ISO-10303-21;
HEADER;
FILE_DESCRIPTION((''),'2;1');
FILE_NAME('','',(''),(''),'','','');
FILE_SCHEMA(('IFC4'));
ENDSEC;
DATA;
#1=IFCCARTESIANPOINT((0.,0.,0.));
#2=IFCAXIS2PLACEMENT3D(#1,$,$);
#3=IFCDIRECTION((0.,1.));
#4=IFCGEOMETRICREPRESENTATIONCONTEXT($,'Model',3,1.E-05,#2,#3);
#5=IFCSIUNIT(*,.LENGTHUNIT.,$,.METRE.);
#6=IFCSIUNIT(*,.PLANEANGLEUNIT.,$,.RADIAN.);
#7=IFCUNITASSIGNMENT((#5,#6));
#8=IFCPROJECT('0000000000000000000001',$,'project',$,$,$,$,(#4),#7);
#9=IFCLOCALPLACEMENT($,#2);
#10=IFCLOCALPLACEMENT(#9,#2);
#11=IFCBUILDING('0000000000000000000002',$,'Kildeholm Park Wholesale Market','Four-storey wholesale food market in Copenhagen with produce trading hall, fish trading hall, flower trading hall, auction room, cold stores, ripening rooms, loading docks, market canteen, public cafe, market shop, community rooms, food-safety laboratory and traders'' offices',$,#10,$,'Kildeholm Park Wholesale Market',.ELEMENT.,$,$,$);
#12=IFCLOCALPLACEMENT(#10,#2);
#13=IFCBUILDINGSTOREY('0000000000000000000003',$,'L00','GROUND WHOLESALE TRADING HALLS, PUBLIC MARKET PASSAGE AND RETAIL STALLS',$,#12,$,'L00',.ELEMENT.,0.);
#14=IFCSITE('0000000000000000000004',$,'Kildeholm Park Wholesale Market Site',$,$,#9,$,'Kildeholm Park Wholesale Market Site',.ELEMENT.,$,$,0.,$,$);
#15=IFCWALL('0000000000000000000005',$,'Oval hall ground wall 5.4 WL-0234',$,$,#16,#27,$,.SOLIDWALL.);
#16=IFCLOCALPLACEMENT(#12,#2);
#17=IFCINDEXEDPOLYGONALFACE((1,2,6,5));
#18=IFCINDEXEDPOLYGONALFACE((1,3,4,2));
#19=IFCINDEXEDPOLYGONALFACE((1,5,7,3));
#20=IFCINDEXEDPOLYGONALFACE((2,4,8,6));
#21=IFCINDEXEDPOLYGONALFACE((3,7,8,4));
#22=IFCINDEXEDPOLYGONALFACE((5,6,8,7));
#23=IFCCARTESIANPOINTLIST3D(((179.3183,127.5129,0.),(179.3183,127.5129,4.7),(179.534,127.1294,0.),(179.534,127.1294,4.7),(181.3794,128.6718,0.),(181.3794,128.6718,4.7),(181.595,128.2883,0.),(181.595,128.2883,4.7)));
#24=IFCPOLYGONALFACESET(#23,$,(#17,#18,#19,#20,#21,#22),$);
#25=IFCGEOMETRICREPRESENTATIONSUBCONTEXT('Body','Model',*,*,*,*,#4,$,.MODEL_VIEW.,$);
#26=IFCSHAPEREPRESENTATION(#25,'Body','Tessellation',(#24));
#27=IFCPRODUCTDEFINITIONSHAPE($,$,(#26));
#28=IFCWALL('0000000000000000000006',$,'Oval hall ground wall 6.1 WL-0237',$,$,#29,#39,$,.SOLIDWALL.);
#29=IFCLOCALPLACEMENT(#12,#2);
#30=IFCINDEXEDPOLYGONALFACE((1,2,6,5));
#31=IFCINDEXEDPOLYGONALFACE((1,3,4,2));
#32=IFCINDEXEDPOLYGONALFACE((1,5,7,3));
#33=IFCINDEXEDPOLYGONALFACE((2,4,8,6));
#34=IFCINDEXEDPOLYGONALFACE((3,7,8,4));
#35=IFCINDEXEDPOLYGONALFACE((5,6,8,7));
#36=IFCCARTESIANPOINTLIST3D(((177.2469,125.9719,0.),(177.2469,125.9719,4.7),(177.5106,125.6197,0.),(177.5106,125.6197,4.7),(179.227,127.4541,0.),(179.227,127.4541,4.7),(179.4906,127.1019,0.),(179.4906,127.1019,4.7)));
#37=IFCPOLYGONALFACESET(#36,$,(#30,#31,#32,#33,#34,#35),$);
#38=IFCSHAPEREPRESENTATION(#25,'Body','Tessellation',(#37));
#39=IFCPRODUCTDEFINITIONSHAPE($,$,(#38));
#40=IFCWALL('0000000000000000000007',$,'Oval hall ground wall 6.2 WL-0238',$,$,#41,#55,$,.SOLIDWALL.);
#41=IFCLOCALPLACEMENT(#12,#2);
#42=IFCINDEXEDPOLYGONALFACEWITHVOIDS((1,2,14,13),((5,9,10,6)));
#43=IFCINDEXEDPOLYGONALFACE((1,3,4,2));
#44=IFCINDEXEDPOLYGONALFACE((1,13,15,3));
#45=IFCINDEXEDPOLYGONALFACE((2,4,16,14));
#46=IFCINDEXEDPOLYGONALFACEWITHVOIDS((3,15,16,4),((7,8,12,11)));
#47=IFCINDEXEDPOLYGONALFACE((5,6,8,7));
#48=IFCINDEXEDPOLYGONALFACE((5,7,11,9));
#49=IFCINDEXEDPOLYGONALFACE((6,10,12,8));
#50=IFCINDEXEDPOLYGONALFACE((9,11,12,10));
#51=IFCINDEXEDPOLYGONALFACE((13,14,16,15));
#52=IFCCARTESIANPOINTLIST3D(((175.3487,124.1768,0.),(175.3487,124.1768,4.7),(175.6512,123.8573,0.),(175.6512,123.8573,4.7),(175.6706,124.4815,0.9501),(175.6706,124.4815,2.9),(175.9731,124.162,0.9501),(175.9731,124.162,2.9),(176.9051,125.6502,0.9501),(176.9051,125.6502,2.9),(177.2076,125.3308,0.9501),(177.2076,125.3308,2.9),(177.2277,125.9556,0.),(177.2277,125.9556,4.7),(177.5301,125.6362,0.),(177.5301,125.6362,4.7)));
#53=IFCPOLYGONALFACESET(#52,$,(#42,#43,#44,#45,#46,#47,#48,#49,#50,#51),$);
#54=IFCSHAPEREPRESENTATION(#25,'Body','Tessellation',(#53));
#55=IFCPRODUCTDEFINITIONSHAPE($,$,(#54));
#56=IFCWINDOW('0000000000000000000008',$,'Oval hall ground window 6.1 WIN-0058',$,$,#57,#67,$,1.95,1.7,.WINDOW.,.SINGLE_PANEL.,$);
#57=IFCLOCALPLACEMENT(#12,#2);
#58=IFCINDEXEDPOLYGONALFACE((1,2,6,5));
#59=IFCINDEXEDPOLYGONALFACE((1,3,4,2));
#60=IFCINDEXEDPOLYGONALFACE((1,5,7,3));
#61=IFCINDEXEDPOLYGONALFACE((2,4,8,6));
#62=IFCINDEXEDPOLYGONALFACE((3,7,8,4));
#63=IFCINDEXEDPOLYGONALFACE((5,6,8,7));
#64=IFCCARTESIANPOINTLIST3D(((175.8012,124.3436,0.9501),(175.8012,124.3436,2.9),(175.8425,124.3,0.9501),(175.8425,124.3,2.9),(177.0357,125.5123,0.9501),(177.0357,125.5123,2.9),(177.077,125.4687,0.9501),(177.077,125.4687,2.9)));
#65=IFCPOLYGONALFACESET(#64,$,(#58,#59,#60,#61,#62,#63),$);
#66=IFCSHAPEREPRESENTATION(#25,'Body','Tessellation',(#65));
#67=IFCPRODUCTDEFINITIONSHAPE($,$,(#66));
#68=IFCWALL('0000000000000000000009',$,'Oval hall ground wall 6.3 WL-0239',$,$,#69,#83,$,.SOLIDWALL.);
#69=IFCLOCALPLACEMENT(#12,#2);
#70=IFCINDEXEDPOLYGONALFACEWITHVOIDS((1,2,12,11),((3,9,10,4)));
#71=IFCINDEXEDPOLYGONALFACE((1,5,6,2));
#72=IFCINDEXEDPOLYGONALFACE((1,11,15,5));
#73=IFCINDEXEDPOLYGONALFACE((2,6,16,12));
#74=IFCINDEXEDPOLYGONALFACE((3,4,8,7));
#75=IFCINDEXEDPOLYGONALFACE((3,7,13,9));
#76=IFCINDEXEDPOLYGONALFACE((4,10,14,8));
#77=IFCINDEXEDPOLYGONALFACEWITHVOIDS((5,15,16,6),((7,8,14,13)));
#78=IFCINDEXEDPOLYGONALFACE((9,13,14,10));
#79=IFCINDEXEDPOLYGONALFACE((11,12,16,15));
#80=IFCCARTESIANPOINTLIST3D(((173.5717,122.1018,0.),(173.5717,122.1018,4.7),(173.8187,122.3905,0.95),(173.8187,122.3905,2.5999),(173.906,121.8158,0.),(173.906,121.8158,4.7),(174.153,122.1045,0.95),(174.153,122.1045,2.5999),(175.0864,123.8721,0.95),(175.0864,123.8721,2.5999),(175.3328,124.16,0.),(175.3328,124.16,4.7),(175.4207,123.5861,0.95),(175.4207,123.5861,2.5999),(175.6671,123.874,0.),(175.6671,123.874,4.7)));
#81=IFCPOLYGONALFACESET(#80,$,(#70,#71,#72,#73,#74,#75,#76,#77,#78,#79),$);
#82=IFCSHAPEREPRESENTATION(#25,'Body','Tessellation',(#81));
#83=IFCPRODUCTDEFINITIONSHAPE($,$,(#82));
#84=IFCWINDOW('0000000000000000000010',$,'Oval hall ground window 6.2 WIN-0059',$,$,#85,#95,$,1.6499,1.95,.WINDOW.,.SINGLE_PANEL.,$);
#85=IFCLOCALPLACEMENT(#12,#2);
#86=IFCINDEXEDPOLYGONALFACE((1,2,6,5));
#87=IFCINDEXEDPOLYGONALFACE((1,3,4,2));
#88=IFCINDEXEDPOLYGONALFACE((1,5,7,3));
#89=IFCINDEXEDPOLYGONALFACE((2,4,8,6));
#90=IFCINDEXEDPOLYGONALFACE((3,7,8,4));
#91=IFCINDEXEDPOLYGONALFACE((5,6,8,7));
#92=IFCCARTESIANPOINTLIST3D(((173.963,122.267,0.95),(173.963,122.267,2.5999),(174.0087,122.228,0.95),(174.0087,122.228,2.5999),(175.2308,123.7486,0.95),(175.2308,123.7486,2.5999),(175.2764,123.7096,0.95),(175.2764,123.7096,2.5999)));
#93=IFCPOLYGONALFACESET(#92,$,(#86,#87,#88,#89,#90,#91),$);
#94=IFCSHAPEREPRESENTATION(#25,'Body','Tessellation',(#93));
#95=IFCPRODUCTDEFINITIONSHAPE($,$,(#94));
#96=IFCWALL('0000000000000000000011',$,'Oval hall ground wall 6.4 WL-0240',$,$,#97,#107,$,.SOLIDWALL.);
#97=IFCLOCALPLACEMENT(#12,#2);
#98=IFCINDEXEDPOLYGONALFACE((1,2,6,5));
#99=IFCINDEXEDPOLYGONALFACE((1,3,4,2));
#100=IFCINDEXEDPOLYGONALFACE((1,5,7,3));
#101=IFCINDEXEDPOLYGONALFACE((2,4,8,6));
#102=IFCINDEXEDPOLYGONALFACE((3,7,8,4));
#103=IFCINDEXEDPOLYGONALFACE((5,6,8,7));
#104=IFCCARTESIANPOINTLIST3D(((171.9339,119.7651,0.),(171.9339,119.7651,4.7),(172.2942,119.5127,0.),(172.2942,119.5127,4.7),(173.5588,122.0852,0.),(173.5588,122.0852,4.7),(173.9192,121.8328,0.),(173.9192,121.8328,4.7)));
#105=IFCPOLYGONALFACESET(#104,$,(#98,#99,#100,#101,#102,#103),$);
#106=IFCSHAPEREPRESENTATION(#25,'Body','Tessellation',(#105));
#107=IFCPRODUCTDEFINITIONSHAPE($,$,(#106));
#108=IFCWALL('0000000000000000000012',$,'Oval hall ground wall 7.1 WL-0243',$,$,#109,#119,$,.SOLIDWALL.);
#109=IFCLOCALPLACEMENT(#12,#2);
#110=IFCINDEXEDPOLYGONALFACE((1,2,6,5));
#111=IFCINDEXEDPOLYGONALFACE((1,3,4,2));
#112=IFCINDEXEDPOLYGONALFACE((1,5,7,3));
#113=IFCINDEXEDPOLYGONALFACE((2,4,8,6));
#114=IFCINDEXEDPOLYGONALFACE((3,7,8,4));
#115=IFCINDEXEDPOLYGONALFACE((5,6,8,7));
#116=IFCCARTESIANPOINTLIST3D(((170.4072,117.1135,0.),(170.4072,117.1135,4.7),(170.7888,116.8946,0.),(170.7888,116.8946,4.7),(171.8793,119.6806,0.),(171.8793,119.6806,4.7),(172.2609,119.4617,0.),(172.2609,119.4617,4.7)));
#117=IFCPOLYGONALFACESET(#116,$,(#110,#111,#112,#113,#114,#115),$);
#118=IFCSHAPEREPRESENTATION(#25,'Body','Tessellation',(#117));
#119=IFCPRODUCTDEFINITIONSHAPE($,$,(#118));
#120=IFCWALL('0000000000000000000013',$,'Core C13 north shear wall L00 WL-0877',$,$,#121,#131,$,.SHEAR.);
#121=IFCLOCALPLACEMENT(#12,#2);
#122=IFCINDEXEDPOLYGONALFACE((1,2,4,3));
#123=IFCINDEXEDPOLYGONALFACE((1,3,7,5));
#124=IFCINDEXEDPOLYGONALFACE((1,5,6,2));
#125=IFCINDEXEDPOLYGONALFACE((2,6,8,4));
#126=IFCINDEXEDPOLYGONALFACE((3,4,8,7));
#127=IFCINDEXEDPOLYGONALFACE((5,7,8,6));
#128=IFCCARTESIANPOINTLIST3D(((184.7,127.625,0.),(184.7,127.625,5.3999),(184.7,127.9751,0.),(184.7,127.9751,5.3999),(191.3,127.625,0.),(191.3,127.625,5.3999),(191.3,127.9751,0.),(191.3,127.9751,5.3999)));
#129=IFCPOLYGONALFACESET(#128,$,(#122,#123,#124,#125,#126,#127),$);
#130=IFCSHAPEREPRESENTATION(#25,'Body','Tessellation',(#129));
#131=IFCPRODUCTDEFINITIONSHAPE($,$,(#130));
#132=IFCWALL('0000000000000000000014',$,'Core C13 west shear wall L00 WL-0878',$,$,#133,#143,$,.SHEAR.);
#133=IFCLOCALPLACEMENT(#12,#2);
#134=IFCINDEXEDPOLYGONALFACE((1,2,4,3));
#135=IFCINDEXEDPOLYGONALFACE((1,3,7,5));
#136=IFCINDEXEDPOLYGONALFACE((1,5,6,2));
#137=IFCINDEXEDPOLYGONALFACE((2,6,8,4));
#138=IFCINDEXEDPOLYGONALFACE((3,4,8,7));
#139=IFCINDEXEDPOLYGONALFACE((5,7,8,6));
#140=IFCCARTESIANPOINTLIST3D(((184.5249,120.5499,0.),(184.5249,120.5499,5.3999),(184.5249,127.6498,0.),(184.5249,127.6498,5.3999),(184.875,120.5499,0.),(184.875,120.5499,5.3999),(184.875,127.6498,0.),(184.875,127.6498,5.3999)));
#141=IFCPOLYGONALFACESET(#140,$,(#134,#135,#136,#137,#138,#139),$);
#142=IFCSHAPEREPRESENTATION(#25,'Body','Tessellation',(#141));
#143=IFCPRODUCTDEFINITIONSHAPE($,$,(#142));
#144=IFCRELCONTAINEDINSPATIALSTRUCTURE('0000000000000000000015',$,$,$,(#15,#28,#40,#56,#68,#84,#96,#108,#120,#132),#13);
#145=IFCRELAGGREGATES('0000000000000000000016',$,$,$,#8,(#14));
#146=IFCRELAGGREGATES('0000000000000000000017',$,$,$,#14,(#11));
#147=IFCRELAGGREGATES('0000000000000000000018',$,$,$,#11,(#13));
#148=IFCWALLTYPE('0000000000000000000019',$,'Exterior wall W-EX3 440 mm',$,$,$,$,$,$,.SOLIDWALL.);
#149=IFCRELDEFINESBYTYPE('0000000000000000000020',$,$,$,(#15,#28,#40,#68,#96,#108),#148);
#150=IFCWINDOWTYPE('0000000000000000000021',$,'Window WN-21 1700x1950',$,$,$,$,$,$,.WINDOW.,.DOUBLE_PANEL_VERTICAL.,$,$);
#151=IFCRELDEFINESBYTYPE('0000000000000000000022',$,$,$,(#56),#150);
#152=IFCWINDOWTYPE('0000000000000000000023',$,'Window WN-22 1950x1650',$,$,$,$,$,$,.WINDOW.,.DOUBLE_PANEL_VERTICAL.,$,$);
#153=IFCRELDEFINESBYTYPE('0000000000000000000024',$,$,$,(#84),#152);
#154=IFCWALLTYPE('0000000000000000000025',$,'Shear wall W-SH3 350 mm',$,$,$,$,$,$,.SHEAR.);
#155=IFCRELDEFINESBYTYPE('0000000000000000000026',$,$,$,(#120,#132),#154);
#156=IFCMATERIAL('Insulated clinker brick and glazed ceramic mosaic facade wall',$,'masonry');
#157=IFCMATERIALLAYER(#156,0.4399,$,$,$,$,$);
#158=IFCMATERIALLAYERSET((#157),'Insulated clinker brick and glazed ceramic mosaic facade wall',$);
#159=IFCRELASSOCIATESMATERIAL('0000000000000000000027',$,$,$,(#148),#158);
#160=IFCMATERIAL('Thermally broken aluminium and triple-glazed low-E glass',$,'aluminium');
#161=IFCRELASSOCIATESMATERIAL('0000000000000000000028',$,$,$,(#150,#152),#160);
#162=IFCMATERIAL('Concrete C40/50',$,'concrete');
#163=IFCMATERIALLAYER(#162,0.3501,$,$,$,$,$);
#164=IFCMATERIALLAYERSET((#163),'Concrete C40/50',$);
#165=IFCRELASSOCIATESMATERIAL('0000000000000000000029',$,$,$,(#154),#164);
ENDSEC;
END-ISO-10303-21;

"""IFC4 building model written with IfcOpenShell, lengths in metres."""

from ifc_helpers import new_model, si_unit, direction, frame, frame_2d, origin, place, context, subcontext, project, spatial, rectangle, extrude, material, layer, layer_set, type_object, element, fill, save


model = new_model("IFC4")

# Units and contexts
model_context = context("Model", 3, precision=1e-05, world=origin(), true_north=direction((0.0, 1.0)))
body_context = subcontext(model_context, "Body", "Model", "MODEL_VIEW")
ifc_project = project(units=[si_unit("LENGTHUNIT", "METRE"), si_unit("PLANEANGLEUNIT", "RADIAN")], contexts=[model_context])

# Site, building, storey
site_placement = place(None, origin())
site = spatial("IfcSite", under=ifc_project, at=site_placement, Name="Kildeholm Park Wholesale Market Site", LongName="Kildeholm Park Wholesale Market Site", CompositionType="ELEMENT", RefElevation=0.0)
building_placement = place(site_placement, origin())
building = spatial("IfcBuilding", under=site, at=building_placement, Name="Kildeholm Park Wholesale Market", Description="Four-storey wholesale food market in Copenhagen with produce trading hall, fish trading hall, flower trading hall, auction room, cold stores, ripening rooms, loading docks, market canteen, public cafe, market shop, community rooms, food-safety laboratory and traders' offices", LongName="Kildeholm Park Wholesale Market", CompositionType="ELEMENT")
storey_placement = place(building_placement, origin())
storey = spatial("IfcBuildingStorey", under=building, at=storey_placement, Name="L00", Description="GROUND WHOLESALE TRADING HALLS, PUBLIC MARKET PASSAGE AND RETAIL STALLS", LongName="L00", CompositionType="ELEMENT", Elevation=0.0)

# Shared definitions
ifc_material_1 = material(Name="Concrete C40/50", Category="concrete")

# Shared definitions
ifc_material_2 = material(Name="Insulated clinker brick and glazed ceramic mosaic facade wall", Category="masonry")
ifc_layer_1 = layer(ifc_material_2, 0.4399)
ifc_layer_set_1 = layer_set([ifc_layer_1], Name="Insulated clinker brick and glazed ceramic mosaic facade wall")
wall_type_1 = type_object("IfcWallType", Name="Exterior wall W-EX3 440 mm", PredefinedType="SOLIDWALL", material=ifc_layer_set_1)
ifc_material_3 = material(Name="Thermally broken aluminium and triple-glazed low-E glass", Category="aluminium")
window_type_1 = type_object("IfcWindowType", Name="Window WN-21 1700x1950", PartitioningType="DOUBLE_PANEL_VERTICAL", PredefinedType="WINDOW", material=ifc_material_3)

# Walls
wall_1_placement = place(storey_placement, frame((181.4871, 128.48, 0.0), z_axis=(0.0, 0.0, 1.0), x_axis=(-0.871647, -0.490134, 0.0)))
element("IfcWall", 1, at=wall_1_placement, inside=storey, type_object=wall_type_1, Name="Oval hall ground wall 5.4 WL-0234", PredefinedType="SOLIDWALL", context=body_context, shape_type="SweptSolid", body=[
    extrude(rectangle(XDim=2.3645, YDim=0.4399, at=frame_2d((1.1821, 0.0))), origin(), (0.0, 0.0, 1.0), 4.7),
])
wall_2_placement = place(storey_placement, frame((179.3589, 127.2781, 0.0), z_axis=(0.0, 0.0, 1.0), x_axis=(-0.800545, -0.599273, 0.0)))
element("IfcWall", 2, at=wall_2_placement, inside=storey, type_object=wall_type_1, Name="Oval hall ground wall 6.1 WL-0237", PredefinedType="SOLIDWALL", context=body_context, shape_type="SweptSolid", body=[
    extrude(rectangle(XDim=2.4734, YDim=0.4399, at=frame_2d((1.2368, 0.0))), origin(), (0.0, 0.0, 1.0), 4.7),
])

# Walls, openings, windows
wall_3_placement = place(storey_placement, frame((177.3789, 125.7959, 0.0), z_axis=(0.0, 0.0, 1.0), x_axis=(-0.726186, -0.687499, 0.0)))
wall_3 = element("IfcWall", 3, at=wall_3_placement, inside=storey, type_object=wall_type_1, Name="Oval hall ground wall 6.2 WL-0238", PredefinedType="SOLIDWALL", context=body_context, shape_type="SweptSolid", body=[
    extrude(rectangle(XDim=2.5874, YDim=0.4399, at=frame_2d((1.2937, 0.0))), origin(), (0.0, 0.0, 1.0), 4.7),
])
opening_1_placement = place(wall_3_placement, frame((0.4441, 0.0, 0.95)))
opening_1 = element("IfcOpeningElement", 4, at=opening_1_placement, cuts=wall_3, PredefinedType="OPENING", context=body_context, shape_type="SweptSolid", body=[
    extrude(rectangle(XDim=1.7, YDim=1.95, at=frame_2d((0.8501, 0.9751))), frame((0.0, 0.23, 0.0), z_axis=(0.0, -1.0, 0.0), x_axis=(1.0, 0.0, 0.0)), (0.0, 0.0, 1.0), 0.46),
])
window_1_placement = place(opening_1_placement, origin())
window_1 = element("IfcWindow", 5, at=window_1_placement, inside=storey, type_object=window_type_1, Name="Oval hall ground window 6.1 WIN-0058", OverallHeight=1.95, OverallWidth=1.7, PartitioningType="SINGLE_PANEL", PredefinedType="WINDOW", context=body_context, shape_type="SweptSolid", body=[
    extrude(rectangle(XDim=1.7, YDim=1.95, at=frame_2d((0.8501, 0.9751))), frame((0.0, 0.03, 0.0), z_axis=(0.0, -1.0, 0.0), x_axis=(1.0, 0.0, 0.0)), (0.0, 0.0, 1.0), 0.0601),
])
fill(opening_1, window_1)
wall_4_placement = place(storey_placement, frame((175.5, 124.0171, 0.0), z_axis=(0.0, 0.0, 1.0), x_axis=(-0.650131, -0.759823, 0.0)))
wall_4 = element("IfcWall", 6, at=wall_4_placement, inside=storey, type_object=wall_type_1, Name="Oval hall ground wall 6.3 WL-0239", PredefinedType="SOLIDWALL", context=body_context, shape_type="SweptSolid", body=[
    extrude(rectangle(XDim=2.7087, YDim=0.4399, at=frame_2d((1.3545, 0.0))), origin(), (0.0, 0.0, 1.0), 4.7),
])
opening_2_placement = place(wall_4_placement, frame((0.3789, 0.0, 0.95)))
opening_2 = element("IfcOpeningElement", 7, at=opening_2_placement, cuts=wall_4, PredefinedType="OPENING", context=body_context, shape_type="SweptSolid", body=[
    extrude(rectangle(XDim=1.95, YDim=1.6499, at=frame_2d((0.9751, 0.825))), frame((0.0, 0.23, 0.0), z_axis=(0.0, -1.0, 0.0), x_axis=(1.0, 0.0, 0.0)), (0.0, 0.0, 1.0), 0.46),
])
window_type_2 = type_object("IfcWindowType", Name="Window WN-22 1950x1650", PartitioningType="DOUBLE_PANEL_VERTICAL", PredefinedType="WINDOW", material=ifc_material_3)
window_2_placement = place(opening_2_placement, origin())
window_2 = element("IfcWindow", 8, at=window_2_placement, inside=storey, type_object=window_type_2, Name="Oval hall ground window 6.2 WIN-0059", OverallHeight=1.6499, OverallWidth=1.95, PartitioningType="SINGLE_PANEL", PredefinedType="WINDOW", context=body_context, shape_type="SweptSolid", body=[
    extrude(rectangle(XDim=1.95, YDim=1.6499, at=frame_2d((0.9751, 0.825))), frame((0.0, 0.03, 0.0), z_axis=(0.0, -1.0, 0.0), x_axis=(1.0, 0.0, 0.0)), (0.0, 0.0, 1.0), 0.0601),
])
fill(opening_2, window_2)

# Walls
wall_5_placement = place(storey_placement, frame((173.739, 121.959, 0.0), z_axis=(0.0, 0.0, 1.0), x_axis=(-0.573688, -0.819074, 0.0)))
element("IfcWall", 9, at=wall_5_placement, inside=storey, type_object=wall_type_1, Name="Oval hall ground wall 6.4 WL-0240", PredefinedType="SOLIDWALL", context=body_context, shape_type="SweptSolid", body=[
    extrude(rectangle(XDim=2.8325, YDim=0.4399, at=frame_2d((1.4163, 0.0))), origin(), (0.0, 0.0, 1.0), 4.7),
])
wall_6_placement = place(storey_placement, frame((172.0701, 119.571, 0.0), z_axis=(0.0, 0.0, 1.0), x_axis=(-0.497471, -0.867481, 0.0)))
element("IfcWall", 10, at=wall_6_placement, inside=storey, type_object=wall_type_1, Name="Oval hall ground wall 7.1 WL-0243", PredefinedType="SOLIDWALL", context=body_context, shape_type="SweptSolid", body=[
    extrude(rectangle(XDim=2.9592, YDim=0.4399, at=frame_2d((1.4795, 0.0))), origin(), (0.0, 0.0, 1.0), 4.7),
])

# Shared definitions
ifc_layer_2 = layer(ifc_material_1, 0.3501)
ifc_layer_set_2 = layer_set([ifc_layer_2], Name="Concrete C40/50")
wall_type_2 = type_object("IfcWallType", Name="Shear wall W-SH3 350 mm", PredefinedType="SHEAR", material=ifc_layer_set_2)

# Walls
wall_7_placement = place(storey_placement, frame((184.7, 127.8, 0.0), z_axis=(0.0, 0.0, 1.0), x_axis=(1.0, 0.0, 0.0)))
element("IfcWall", 11, at=wall_7_placement, inside=storey, type_object=wall_type_2, Name="Core C13 north shear wall L00 WL-0877", PredefinedType="SHEAR", context=body_context, shape_type="SweptSolid", body=[
    extrude(rectangle(XDim=6.6001, YDim=0.3501, at=frame_2d((3.3, 0.0))), origin(), (0.0, 0.0, 1.0), 5.3999),
])
wall_8_placement = place(storey_placement, frame((184.7, 120.55, 0.0), z_axis=(0.0, 0.0, 1.0), x_axis=(0.0, 1.0, 0.0)))
element("IfcWall", 12, at=wall_8_placement, inside=storey, type_object=wall_type_2, Name="Core C13 west shear wall L00 WL-0878", PredefinedType="SHEAR", context=body_context, shape_type="SweptSolid", body=[
    extrude(rectangle(XDim=7.0999, YDim=0.3501, at=frame_2d((3.5498, 0.0))), origin(), (0.0, 0.0, 1.0), 5.3999),
])

save(model, "model.ifc")
